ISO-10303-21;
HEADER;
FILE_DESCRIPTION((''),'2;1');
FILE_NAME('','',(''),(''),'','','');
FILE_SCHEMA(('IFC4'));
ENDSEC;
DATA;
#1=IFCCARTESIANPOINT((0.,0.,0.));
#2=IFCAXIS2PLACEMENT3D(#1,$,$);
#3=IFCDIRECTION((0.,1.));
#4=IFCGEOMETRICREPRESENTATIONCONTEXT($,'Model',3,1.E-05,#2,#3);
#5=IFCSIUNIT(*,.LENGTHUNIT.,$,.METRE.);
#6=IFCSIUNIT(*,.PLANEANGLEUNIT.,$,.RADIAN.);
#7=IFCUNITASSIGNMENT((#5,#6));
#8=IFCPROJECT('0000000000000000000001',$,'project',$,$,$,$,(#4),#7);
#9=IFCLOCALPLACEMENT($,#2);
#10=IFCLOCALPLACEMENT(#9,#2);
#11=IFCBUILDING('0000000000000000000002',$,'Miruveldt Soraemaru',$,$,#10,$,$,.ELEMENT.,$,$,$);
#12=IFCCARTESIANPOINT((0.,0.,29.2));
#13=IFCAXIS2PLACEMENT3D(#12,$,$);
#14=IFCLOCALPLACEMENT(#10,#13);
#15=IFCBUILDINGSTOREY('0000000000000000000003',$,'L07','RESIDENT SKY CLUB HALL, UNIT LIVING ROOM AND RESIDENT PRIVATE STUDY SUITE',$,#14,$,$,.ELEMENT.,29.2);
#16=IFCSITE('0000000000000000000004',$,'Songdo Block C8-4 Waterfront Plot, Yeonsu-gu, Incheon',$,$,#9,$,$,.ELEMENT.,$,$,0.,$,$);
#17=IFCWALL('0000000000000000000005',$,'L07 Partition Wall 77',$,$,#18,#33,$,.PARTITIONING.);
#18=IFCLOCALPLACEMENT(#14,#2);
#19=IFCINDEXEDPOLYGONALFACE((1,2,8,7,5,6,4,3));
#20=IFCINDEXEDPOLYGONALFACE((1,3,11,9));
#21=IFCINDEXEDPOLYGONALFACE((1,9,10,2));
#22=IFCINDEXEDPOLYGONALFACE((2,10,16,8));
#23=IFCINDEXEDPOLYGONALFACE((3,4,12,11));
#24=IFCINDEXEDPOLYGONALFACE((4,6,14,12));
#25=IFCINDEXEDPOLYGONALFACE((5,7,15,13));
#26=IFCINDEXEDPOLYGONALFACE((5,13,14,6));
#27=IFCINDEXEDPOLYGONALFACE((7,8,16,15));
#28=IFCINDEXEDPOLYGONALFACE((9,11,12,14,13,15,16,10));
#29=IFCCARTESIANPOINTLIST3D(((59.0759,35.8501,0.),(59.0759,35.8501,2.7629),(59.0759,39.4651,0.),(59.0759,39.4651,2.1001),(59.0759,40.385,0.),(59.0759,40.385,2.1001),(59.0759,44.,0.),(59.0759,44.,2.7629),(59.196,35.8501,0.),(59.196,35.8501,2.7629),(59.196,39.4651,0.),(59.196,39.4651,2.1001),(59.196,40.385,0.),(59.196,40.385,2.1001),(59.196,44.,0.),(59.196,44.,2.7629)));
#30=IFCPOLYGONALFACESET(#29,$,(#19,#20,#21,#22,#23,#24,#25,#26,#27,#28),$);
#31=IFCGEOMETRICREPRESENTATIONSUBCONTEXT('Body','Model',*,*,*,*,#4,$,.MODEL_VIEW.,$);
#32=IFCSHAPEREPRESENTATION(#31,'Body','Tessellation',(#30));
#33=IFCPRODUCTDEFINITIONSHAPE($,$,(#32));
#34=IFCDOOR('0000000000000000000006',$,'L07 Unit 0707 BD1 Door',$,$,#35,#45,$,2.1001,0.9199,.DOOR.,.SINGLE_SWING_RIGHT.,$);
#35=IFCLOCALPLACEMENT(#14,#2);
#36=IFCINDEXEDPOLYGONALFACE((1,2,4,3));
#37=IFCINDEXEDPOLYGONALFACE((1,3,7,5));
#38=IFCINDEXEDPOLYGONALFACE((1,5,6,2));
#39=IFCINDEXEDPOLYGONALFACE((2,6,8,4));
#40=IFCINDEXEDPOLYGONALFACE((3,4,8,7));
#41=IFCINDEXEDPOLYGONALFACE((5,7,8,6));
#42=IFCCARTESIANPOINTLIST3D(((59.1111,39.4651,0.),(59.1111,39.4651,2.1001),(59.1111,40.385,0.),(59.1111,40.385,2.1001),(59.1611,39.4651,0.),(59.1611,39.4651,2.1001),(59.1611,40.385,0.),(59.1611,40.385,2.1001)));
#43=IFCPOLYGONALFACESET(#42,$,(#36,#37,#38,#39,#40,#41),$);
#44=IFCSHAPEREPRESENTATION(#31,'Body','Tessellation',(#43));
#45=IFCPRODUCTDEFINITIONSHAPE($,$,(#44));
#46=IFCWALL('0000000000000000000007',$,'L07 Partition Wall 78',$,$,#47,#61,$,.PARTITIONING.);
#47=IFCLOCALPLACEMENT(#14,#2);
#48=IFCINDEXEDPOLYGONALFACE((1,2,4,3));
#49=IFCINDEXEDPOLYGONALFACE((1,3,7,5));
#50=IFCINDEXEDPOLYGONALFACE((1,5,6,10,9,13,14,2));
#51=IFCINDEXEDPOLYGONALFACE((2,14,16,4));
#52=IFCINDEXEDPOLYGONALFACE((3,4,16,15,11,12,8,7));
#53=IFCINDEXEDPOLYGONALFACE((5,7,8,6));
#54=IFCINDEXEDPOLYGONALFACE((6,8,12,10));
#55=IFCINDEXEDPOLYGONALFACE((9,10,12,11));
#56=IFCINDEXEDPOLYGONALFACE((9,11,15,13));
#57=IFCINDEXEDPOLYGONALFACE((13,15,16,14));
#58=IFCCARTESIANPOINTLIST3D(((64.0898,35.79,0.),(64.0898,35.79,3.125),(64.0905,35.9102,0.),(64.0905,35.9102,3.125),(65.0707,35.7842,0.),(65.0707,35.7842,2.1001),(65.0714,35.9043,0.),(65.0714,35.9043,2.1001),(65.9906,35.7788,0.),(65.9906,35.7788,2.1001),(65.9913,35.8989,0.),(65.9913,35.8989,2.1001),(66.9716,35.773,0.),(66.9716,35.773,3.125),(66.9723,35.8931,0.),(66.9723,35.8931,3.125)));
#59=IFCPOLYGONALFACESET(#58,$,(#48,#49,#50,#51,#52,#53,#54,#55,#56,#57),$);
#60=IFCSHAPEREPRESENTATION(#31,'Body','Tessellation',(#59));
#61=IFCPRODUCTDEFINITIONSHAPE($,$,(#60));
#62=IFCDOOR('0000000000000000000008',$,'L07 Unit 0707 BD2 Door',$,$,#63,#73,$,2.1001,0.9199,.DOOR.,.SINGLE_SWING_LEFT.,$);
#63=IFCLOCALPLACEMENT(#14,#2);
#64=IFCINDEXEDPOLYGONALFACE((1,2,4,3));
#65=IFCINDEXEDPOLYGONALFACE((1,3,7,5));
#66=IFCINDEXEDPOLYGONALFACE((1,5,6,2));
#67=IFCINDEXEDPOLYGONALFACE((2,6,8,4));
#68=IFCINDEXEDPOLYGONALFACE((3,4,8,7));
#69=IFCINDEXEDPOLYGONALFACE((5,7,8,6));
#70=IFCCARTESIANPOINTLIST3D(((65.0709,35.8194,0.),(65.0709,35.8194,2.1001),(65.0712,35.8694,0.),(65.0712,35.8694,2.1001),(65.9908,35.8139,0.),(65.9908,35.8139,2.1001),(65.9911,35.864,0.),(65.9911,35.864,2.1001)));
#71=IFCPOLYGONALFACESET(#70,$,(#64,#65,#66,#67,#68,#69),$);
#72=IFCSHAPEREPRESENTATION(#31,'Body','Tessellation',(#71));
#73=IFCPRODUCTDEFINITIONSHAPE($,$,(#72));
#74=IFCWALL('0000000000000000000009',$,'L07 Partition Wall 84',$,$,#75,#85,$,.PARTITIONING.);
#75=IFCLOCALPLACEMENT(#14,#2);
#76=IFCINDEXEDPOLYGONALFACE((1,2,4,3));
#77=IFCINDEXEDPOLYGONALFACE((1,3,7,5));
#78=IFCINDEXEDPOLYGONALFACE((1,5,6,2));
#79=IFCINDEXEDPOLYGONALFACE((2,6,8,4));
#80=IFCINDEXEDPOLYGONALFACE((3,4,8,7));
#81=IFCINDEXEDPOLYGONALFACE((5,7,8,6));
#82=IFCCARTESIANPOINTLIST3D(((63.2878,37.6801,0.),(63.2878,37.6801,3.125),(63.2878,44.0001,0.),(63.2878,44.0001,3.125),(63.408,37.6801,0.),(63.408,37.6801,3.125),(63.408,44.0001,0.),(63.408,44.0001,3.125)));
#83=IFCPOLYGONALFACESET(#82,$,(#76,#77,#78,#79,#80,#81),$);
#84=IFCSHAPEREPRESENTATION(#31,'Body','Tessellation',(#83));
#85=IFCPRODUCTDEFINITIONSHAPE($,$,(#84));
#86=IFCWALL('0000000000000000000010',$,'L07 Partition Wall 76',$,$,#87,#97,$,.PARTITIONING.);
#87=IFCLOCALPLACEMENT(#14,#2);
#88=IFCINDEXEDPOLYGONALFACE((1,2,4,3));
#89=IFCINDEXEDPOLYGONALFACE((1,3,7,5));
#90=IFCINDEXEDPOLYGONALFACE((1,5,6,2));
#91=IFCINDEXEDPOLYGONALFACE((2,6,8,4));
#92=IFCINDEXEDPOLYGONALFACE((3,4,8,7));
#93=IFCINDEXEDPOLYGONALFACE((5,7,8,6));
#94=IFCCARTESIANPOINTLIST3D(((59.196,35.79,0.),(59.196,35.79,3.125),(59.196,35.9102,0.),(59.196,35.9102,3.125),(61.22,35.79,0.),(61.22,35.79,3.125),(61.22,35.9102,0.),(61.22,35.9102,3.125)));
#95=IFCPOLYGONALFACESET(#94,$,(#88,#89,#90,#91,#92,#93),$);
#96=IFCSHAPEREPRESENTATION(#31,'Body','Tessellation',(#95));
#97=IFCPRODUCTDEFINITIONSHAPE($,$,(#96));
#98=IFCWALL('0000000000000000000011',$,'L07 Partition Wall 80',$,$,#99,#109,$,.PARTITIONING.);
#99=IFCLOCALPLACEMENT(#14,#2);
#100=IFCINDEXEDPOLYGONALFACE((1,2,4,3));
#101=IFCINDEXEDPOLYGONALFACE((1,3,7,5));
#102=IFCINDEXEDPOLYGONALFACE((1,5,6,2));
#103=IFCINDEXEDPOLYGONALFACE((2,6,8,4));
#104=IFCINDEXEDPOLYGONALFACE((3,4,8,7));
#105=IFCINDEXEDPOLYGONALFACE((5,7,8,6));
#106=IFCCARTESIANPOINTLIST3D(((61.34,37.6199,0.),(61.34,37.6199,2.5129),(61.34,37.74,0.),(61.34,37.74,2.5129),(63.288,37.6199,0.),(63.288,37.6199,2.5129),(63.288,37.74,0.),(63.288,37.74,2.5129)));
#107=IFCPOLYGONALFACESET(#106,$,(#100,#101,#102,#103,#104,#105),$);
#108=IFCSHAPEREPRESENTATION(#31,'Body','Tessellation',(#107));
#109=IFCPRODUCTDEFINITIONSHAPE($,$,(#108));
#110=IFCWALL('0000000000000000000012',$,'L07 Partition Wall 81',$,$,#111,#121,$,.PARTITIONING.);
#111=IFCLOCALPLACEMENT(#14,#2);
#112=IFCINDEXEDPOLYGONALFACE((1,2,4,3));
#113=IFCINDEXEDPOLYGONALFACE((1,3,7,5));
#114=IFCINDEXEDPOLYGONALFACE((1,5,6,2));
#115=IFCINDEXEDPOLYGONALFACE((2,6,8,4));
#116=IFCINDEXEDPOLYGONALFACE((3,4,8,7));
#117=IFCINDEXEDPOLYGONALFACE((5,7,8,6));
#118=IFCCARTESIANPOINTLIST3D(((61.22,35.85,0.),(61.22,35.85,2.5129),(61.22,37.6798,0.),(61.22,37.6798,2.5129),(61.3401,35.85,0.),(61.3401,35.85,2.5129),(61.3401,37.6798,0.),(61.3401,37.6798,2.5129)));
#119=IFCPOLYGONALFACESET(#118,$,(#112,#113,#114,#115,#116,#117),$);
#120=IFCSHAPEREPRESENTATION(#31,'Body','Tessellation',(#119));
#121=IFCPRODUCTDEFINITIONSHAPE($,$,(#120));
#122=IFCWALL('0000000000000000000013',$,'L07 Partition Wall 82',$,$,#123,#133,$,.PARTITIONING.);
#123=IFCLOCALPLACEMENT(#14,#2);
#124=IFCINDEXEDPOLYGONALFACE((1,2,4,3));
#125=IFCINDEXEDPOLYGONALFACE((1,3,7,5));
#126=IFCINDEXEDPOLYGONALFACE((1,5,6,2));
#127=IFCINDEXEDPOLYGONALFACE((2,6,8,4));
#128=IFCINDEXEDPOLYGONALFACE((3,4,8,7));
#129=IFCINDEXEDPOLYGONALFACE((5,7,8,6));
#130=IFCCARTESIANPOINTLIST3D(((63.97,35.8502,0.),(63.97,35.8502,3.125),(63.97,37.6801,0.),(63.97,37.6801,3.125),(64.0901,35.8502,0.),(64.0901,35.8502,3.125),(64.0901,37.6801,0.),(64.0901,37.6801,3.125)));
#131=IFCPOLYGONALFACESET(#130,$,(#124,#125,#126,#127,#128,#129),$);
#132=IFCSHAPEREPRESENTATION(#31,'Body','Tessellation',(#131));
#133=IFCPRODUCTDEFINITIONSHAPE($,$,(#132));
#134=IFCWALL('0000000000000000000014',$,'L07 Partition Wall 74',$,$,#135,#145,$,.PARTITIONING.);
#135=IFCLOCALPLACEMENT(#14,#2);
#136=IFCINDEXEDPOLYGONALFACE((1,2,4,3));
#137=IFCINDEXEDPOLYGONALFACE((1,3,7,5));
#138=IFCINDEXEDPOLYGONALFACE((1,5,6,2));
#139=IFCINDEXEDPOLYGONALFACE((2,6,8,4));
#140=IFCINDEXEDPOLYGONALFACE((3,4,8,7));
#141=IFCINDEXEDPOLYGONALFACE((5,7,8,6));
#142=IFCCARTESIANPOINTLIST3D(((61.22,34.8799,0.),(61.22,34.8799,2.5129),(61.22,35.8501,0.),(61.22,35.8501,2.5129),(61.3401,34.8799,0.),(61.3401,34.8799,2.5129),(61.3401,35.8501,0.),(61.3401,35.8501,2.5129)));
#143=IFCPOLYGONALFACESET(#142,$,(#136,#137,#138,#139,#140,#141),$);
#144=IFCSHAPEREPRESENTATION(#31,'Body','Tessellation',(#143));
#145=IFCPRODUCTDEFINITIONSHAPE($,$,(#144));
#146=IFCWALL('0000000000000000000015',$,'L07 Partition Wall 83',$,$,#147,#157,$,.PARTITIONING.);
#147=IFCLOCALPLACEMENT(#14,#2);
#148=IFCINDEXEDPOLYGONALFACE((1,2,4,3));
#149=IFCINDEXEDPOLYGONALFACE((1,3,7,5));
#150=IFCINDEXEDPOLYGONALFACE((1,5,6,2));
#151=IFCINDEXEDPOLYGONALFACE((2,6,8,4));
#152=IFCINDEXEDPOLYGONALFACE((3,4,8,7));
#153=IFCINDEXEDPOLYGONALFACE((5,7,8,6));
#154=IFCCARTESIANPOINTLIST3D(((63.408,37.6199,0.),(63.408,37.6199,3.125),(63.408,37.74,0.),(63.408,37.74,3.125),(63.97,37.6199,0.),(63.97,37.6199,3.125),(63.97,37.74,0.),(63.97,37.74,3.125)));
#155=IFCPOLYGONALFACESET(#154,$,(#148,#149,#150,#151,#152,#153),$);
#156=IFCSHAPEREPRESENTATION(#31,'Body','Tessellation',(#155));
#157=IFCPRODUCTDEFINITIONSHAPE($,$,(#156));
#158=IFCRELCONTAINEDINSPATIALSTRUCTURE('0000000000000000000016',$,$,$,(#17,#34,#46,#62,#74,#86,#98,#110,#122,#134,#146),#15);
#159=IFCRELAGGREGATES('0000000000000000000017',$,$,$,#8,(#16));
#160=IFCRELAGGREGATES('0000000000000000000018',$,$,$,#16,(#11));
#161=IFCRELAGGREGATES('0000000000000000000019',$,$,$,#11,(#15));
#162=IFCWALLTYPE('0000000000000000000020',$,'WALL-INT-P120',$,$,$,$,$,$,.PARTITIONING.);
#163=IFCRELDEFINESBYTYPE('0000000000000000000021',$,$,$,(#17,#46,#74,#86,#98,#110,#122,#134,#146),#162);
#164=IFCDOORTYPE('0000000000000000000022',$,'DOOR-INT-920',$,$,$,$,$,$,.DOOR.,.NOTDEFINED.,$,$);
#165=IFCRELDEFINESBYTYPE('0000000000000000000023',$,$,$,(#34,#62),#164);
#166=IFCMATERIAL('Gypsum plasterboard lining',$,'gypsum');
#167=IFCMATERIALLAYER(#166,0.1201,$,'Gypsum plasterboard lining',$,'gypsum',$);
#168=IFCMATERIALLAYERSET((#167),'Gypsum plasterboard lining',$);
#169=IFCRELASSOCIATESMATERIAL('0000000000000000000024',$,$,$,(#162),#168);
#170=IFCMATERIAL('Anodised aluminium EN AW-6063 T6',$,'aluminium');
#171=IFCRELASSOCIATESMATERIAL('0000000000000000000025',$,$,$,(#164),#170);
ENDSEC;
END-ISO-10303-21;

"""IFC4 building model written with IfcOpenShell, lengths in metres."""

from ifc_helpers import new_model, si_unit, direction, frame, frame_2d, origin, place, context, subcontext, project, spatial, rectangle, extrude, material, layer, layer_set, type_object, element, fill, save


model = new_model("IFC4")

# Units and contexts
model_context = context("Model", 3, precision=1e-05, world=origin(), true_north=direction((0.0, 1.0)))
body_context = subcontext(model_context, "Body", "Model", "MODEL_VIEW")
ifc_project = project(units=[si_unit("LENGTHUNIT", "METRE"), si_unit("PLANEANGLEUNIT", "RADIAN")], contexts=[model_context])

# Site, building, storey
site_placement = place(None, origin())
site = spatial("IfcSite", under=ifc_project, at=site_placement, Name="Songdo Block C8-4 Waterfront Plot, Yeonsu-gu, Incheon", CompositionType="ELEMENT", RefElevation=0.0)
building_placement = place(site_placement, origin())
building = spatial("IfcBuilding", under=site, at=building_placement, Name="Miruveldt Soraemaru", CompositionType="ELEMENT")
storey_placement = place(building_placement, frame((0.0, 0.0, 29.2)))
storey = spatial("IfcBuildingStorey", under=building, at=storey_placement, Name="L07", Description="RESIDENT SKY CLUB HALL, UNIT LIVING ROOM AND RESIDENT PRIVATE STUDY SUITE", CompositionType="ELEMENT", Elevation=29.2)

# Shared definitions
ifc_material_1 = material(Name="Anodised aluminium EN AW-6063 T6", Category="aluminium")

# Walls, openings, doors
ifc_material_2 = material(Name="Gypsum plasterboard lining", Category="gypsum")
ifc_layer_1 = layer(ifc_material_2, 0.1201, Name="Gypsum plasterboard lining", Category="gypsum")
ifc_layer_set_1 = layer_set([ifc_layer_1], Name="Gypsum plasterboard lining")
wall_type_1 = type_object("IfcWallType", Name="WALL-INT-P120", PredefinedType="PARTITIONING", material=ifc_layer_set_1)
wall_1_placement = place(storey_placement, frame((59.136, 35.8501, 0.0), z_axis=(0.0, 0.0, 1.0), x_axis=(0.0, 1.0, 0.0)))
wall_1 = element("IfcWall", 1, at=wall_1_placement, inside=storey, type_object=wall_type_1, Name="L07 Partition Wall 77", PredefinedType="PARTITIONING", context=body_context, shape_type="SweptSolid", body=[
    extrude(rectangle(XDim=8.1499, YDim=0.1201, at=frame_2d((4.075, 0.0))), origin(), (0.0, 0.0, 1.0), 2.7629),
])
opening_1_placement = place(wall_1_placement, frame((3.615, 0.0, 0.0)))
opening_1 = element("IfcOpeningElement", 2, at=opening_1_placement, cuts=wall_1, PredefinedType="OPENING", context=body_context, shape_type="SweptSolid", body=[
    extrude(rectangle(XDim=0.9199, YDim=2.1001, at=frame_2d((0.46, 1.05))), frame((0.0, 0.0701, 0.0), z_axis=(0.0, -1.0, 0.0), x_axis=(1.0, 0.0, 0.0)), (0.0, 0.0, 1.0), 0.1401),
])
door_type_1 = type_object("IfcDoorType", Name="DOOR-INT-920", OperationType="NOTDEFINED", PredefinedType="DOOR", material=ifc_material_1)
door_1_placement = place(opening_1_placement, origin())
door_1 = element("IfcDoor", 3, at=door_1_placement, inside=storey, type_object=door_type_1, Name="L07 Unit 0707 BD1 Door", OperationType="SINGLE_SWING_RIGHT", OverallHeight=2.1001, OverallWidth=0.9199, PredefinedType="DOOR", context=body_context, shape_type="SweptSolid", body=[
    extrude(rectangle(XDim=0.9199, YDim=2.1001, at=frame_2d((0.46, 1.05))), frame((0.0, 0.0249, 0.0), z_axis=(0.0, -1.0, 0.0), x_axis=(1.0, 0.0, 0.0)), (0.0, 0.0, 1.0), 0.05),
])
fill(opening_1, door_1)
wall_2_placement = place(storey_placement, frame((66.9719, 35.833, 0.0), z_axis=(0.0, 0.0, 1.0), x_axis=(-0.999982, 0.00593, 0.0)))
wall_2 = element("IfcWall", 4, at=wall_2_placement, inside=storey, type_object=wall_type_1, Name="L07 Partition Wall 78", PredefinedType="PARTITIONING", context=body_context, shape_type="SweptSolid", body=[
    extrude(rectangle(XDim=2.8818, YDim=0.1201, at=frame_2d((1.4409, 0.0))), origin(), (0.0, 0.0, 1.0), 3.125),
])
opening_2_placement = place(wall_2_placement, frame((0.981, 0.0, 0.0)))
opening_2 = element("IfcOpeningElement", 5, at=opening_2_placement, cuts=wall_2, PredefinedType="OPENING", context=body_context, shape_type="SweptSolid", body=[
    extrude(rectangle(XDim=0.9199, YDim=2.1001, at=frame_2d((0.46, 1.05))), frame((0.0, 0.0701, 0.0), z_axis=(0.0, -1.0, 0.0), x_axis=(1.0, 0.0, 0.0)), (0.0, 0.0, 1.0), 0.1401),
])
door_2_placement = place(opening_2_placement, origin())
door_2 = element("IfcDoor", 6, at=door_2_placement, inside=storey, type_object=door_type_1, Name="L07 Unit 0707 BD2 Door", OperationType="SINGLE_SWING_LEFT", OverallHeight=2.1001, OverallWidth=0.9199, PredefinedType="DOOR", context=body_context, shape_type="SweptSolid", body=[
    extrude(rectangle(XDim=0.9199, YDim=2.1001, at=frame_2d((0.46, 1.05))), frame((0.0, 0.0249, 0.0), z_axis=(0.0, -1.0, 0.0), x_axis=(1.0, 0.0, 0.0)), (0.0, 0.0, 1.0), 0.05),
])
fill(opening_2, door_2)

# Walls
wall_3_placement = place(storey_placement, frame((63.3479, 37.6799, 0.0), z_axis=(0.0, 0.0, 1.0), x_axis=(0.0, 1.0, 0.0)))
element("IfcWall", 7, at=wall_3_placement, inside=storey, type_object=wall_type_1, Name="L07 Partition Wall 84", PredefinedType="PARTITIONING", context=body_context, shape_type="SweptSolid", body=[
    extrude(rectangle(XDim=6.3201, YDim=0.1201, at=frame_2d((3.1602, 0.0))), origin(), (0.0, 0.0, 1.0), 3.125),
])
wall_4_placement = place(storey_placement, frame((61.22, 35.8501, 0.0), z_axis=(0.0, 0.0, 1.0), x_axis=(-1.0, 0.0, 0.0)))
element("IfcWall", 8, at=wall_4_placement, inside=storey, type_object=wall_type_1, Name="L07 Partition Wall 76", PredefinedType="PARTITIONING", context=body_context, shape_type="SweptSolid", body=[
    extrude(rectangle(XDim=2.0239, YDim=0.1201, at=frame_2d((1.012, 0.0))), origin(), (0.0, 0.0, 1.0), 3.125),
])
wall_5_placement = place(storey_placement, frame((63.2881, 37.6799, 0.0), z_axis=(0.0, 0.0, 1.0), x_axis=(-1.0, 0.0, 0.0)))
element("IfcWall", 9, at=wall_5_placement, inside=storey, type_object=wall_type_1, Name="L07 Partition Wall 80", PredefinedType="PARTITIONING", context=body_context, shape_type="SweptSolid", body=[
    extrude(rectangle(XDim=1.948, YDim=0.1201, at=frame_2d((0.9741, 0.0))), origin(), (0.0, 0.0, 1.0), 2.5129),
])
wall_6_placement = place(storey_placement, frame((61.28, 37.6799, 0.0), z_axis=(0.0, 0.0, 1.0), x_axis=(0.0, -1.0, 0.0)))
element("IfcWall", 10, at=wall_6_placement, inside=storey, type_object=wall_type_1, Name="L07 Partition Wall 81", PredefinedType="PARTITIONING", context=body_context, shape_type="SweptSolid", body=[
    extrude(rectangle(XDim=1.8298, YDim=0.1201, at=frame_2d((0.915, 0.0))), origin(), (0.0, 0.0, 1.0), 2.5129),
])
wall_7_placement = place(storey_placement, frame((64.03, 35.8501, 0.0), z_axis=(0.0, 0.0, 1.0), x_axis=(0.0, 1.0, 0.0)))
element("IfcWall", 11, at=wall_7_placement, inside=storey, type_object=wall_type_1, Name="L07 Partition Wall 82", PredefinedType="PARTITIONING", context=body_context, shape_type="SweptSolid", body=[
    extrude(rectangle(XDim=1.8298, YDim=0.1201, at=frame_2d((0.915, 0.0))), origin(), (0.0, 0.0, 1.0), 3.125),
])
wall_8_placement = place(storey_placement, frame((61.28, 35.8501, 0.0), z_axis=(0.0, 0.0, 1.0), x_axis=(0.0, -1.0, 0.0)))
element("IfcWall", 12, at=wall_8_placement, inside=storey, type_object=wall_type_1, Name="L07 Partition Wall 74", PredefinedType="PARTITIONING", context=body_context, shape_type="SweptSolid", body=[
    extrude(rectangle(XDim=0.9702, YDim=0.1201, at=frame_2d((0.4851, 0.0))), origin(), (0.0, 0.0, 1.0), 2.5129),
])
wall_9_placement = place(storey_placement, frame((63.97, 37.6799, 0.0), z_axis=(0.0, 0.0, 1.0), x_axis=(-1.0, 0.0, 0.0)))
element("IfcWall", 13, at=wall_9_placement, inside=storey, type_object=wall_type_1, Name="L07 Partition Wall 83", PredefinedType="PARTITIONING", context=body_context, shape_type="SweptSolid", body=[
    extrude(rectangle(XDim=0.562, YDim=0.1201, at=frame_2d((0.281, 0.0))), origin(), (0.0, 0.0, 1.0), 3.125),
])

save(model, "model.ifc")
